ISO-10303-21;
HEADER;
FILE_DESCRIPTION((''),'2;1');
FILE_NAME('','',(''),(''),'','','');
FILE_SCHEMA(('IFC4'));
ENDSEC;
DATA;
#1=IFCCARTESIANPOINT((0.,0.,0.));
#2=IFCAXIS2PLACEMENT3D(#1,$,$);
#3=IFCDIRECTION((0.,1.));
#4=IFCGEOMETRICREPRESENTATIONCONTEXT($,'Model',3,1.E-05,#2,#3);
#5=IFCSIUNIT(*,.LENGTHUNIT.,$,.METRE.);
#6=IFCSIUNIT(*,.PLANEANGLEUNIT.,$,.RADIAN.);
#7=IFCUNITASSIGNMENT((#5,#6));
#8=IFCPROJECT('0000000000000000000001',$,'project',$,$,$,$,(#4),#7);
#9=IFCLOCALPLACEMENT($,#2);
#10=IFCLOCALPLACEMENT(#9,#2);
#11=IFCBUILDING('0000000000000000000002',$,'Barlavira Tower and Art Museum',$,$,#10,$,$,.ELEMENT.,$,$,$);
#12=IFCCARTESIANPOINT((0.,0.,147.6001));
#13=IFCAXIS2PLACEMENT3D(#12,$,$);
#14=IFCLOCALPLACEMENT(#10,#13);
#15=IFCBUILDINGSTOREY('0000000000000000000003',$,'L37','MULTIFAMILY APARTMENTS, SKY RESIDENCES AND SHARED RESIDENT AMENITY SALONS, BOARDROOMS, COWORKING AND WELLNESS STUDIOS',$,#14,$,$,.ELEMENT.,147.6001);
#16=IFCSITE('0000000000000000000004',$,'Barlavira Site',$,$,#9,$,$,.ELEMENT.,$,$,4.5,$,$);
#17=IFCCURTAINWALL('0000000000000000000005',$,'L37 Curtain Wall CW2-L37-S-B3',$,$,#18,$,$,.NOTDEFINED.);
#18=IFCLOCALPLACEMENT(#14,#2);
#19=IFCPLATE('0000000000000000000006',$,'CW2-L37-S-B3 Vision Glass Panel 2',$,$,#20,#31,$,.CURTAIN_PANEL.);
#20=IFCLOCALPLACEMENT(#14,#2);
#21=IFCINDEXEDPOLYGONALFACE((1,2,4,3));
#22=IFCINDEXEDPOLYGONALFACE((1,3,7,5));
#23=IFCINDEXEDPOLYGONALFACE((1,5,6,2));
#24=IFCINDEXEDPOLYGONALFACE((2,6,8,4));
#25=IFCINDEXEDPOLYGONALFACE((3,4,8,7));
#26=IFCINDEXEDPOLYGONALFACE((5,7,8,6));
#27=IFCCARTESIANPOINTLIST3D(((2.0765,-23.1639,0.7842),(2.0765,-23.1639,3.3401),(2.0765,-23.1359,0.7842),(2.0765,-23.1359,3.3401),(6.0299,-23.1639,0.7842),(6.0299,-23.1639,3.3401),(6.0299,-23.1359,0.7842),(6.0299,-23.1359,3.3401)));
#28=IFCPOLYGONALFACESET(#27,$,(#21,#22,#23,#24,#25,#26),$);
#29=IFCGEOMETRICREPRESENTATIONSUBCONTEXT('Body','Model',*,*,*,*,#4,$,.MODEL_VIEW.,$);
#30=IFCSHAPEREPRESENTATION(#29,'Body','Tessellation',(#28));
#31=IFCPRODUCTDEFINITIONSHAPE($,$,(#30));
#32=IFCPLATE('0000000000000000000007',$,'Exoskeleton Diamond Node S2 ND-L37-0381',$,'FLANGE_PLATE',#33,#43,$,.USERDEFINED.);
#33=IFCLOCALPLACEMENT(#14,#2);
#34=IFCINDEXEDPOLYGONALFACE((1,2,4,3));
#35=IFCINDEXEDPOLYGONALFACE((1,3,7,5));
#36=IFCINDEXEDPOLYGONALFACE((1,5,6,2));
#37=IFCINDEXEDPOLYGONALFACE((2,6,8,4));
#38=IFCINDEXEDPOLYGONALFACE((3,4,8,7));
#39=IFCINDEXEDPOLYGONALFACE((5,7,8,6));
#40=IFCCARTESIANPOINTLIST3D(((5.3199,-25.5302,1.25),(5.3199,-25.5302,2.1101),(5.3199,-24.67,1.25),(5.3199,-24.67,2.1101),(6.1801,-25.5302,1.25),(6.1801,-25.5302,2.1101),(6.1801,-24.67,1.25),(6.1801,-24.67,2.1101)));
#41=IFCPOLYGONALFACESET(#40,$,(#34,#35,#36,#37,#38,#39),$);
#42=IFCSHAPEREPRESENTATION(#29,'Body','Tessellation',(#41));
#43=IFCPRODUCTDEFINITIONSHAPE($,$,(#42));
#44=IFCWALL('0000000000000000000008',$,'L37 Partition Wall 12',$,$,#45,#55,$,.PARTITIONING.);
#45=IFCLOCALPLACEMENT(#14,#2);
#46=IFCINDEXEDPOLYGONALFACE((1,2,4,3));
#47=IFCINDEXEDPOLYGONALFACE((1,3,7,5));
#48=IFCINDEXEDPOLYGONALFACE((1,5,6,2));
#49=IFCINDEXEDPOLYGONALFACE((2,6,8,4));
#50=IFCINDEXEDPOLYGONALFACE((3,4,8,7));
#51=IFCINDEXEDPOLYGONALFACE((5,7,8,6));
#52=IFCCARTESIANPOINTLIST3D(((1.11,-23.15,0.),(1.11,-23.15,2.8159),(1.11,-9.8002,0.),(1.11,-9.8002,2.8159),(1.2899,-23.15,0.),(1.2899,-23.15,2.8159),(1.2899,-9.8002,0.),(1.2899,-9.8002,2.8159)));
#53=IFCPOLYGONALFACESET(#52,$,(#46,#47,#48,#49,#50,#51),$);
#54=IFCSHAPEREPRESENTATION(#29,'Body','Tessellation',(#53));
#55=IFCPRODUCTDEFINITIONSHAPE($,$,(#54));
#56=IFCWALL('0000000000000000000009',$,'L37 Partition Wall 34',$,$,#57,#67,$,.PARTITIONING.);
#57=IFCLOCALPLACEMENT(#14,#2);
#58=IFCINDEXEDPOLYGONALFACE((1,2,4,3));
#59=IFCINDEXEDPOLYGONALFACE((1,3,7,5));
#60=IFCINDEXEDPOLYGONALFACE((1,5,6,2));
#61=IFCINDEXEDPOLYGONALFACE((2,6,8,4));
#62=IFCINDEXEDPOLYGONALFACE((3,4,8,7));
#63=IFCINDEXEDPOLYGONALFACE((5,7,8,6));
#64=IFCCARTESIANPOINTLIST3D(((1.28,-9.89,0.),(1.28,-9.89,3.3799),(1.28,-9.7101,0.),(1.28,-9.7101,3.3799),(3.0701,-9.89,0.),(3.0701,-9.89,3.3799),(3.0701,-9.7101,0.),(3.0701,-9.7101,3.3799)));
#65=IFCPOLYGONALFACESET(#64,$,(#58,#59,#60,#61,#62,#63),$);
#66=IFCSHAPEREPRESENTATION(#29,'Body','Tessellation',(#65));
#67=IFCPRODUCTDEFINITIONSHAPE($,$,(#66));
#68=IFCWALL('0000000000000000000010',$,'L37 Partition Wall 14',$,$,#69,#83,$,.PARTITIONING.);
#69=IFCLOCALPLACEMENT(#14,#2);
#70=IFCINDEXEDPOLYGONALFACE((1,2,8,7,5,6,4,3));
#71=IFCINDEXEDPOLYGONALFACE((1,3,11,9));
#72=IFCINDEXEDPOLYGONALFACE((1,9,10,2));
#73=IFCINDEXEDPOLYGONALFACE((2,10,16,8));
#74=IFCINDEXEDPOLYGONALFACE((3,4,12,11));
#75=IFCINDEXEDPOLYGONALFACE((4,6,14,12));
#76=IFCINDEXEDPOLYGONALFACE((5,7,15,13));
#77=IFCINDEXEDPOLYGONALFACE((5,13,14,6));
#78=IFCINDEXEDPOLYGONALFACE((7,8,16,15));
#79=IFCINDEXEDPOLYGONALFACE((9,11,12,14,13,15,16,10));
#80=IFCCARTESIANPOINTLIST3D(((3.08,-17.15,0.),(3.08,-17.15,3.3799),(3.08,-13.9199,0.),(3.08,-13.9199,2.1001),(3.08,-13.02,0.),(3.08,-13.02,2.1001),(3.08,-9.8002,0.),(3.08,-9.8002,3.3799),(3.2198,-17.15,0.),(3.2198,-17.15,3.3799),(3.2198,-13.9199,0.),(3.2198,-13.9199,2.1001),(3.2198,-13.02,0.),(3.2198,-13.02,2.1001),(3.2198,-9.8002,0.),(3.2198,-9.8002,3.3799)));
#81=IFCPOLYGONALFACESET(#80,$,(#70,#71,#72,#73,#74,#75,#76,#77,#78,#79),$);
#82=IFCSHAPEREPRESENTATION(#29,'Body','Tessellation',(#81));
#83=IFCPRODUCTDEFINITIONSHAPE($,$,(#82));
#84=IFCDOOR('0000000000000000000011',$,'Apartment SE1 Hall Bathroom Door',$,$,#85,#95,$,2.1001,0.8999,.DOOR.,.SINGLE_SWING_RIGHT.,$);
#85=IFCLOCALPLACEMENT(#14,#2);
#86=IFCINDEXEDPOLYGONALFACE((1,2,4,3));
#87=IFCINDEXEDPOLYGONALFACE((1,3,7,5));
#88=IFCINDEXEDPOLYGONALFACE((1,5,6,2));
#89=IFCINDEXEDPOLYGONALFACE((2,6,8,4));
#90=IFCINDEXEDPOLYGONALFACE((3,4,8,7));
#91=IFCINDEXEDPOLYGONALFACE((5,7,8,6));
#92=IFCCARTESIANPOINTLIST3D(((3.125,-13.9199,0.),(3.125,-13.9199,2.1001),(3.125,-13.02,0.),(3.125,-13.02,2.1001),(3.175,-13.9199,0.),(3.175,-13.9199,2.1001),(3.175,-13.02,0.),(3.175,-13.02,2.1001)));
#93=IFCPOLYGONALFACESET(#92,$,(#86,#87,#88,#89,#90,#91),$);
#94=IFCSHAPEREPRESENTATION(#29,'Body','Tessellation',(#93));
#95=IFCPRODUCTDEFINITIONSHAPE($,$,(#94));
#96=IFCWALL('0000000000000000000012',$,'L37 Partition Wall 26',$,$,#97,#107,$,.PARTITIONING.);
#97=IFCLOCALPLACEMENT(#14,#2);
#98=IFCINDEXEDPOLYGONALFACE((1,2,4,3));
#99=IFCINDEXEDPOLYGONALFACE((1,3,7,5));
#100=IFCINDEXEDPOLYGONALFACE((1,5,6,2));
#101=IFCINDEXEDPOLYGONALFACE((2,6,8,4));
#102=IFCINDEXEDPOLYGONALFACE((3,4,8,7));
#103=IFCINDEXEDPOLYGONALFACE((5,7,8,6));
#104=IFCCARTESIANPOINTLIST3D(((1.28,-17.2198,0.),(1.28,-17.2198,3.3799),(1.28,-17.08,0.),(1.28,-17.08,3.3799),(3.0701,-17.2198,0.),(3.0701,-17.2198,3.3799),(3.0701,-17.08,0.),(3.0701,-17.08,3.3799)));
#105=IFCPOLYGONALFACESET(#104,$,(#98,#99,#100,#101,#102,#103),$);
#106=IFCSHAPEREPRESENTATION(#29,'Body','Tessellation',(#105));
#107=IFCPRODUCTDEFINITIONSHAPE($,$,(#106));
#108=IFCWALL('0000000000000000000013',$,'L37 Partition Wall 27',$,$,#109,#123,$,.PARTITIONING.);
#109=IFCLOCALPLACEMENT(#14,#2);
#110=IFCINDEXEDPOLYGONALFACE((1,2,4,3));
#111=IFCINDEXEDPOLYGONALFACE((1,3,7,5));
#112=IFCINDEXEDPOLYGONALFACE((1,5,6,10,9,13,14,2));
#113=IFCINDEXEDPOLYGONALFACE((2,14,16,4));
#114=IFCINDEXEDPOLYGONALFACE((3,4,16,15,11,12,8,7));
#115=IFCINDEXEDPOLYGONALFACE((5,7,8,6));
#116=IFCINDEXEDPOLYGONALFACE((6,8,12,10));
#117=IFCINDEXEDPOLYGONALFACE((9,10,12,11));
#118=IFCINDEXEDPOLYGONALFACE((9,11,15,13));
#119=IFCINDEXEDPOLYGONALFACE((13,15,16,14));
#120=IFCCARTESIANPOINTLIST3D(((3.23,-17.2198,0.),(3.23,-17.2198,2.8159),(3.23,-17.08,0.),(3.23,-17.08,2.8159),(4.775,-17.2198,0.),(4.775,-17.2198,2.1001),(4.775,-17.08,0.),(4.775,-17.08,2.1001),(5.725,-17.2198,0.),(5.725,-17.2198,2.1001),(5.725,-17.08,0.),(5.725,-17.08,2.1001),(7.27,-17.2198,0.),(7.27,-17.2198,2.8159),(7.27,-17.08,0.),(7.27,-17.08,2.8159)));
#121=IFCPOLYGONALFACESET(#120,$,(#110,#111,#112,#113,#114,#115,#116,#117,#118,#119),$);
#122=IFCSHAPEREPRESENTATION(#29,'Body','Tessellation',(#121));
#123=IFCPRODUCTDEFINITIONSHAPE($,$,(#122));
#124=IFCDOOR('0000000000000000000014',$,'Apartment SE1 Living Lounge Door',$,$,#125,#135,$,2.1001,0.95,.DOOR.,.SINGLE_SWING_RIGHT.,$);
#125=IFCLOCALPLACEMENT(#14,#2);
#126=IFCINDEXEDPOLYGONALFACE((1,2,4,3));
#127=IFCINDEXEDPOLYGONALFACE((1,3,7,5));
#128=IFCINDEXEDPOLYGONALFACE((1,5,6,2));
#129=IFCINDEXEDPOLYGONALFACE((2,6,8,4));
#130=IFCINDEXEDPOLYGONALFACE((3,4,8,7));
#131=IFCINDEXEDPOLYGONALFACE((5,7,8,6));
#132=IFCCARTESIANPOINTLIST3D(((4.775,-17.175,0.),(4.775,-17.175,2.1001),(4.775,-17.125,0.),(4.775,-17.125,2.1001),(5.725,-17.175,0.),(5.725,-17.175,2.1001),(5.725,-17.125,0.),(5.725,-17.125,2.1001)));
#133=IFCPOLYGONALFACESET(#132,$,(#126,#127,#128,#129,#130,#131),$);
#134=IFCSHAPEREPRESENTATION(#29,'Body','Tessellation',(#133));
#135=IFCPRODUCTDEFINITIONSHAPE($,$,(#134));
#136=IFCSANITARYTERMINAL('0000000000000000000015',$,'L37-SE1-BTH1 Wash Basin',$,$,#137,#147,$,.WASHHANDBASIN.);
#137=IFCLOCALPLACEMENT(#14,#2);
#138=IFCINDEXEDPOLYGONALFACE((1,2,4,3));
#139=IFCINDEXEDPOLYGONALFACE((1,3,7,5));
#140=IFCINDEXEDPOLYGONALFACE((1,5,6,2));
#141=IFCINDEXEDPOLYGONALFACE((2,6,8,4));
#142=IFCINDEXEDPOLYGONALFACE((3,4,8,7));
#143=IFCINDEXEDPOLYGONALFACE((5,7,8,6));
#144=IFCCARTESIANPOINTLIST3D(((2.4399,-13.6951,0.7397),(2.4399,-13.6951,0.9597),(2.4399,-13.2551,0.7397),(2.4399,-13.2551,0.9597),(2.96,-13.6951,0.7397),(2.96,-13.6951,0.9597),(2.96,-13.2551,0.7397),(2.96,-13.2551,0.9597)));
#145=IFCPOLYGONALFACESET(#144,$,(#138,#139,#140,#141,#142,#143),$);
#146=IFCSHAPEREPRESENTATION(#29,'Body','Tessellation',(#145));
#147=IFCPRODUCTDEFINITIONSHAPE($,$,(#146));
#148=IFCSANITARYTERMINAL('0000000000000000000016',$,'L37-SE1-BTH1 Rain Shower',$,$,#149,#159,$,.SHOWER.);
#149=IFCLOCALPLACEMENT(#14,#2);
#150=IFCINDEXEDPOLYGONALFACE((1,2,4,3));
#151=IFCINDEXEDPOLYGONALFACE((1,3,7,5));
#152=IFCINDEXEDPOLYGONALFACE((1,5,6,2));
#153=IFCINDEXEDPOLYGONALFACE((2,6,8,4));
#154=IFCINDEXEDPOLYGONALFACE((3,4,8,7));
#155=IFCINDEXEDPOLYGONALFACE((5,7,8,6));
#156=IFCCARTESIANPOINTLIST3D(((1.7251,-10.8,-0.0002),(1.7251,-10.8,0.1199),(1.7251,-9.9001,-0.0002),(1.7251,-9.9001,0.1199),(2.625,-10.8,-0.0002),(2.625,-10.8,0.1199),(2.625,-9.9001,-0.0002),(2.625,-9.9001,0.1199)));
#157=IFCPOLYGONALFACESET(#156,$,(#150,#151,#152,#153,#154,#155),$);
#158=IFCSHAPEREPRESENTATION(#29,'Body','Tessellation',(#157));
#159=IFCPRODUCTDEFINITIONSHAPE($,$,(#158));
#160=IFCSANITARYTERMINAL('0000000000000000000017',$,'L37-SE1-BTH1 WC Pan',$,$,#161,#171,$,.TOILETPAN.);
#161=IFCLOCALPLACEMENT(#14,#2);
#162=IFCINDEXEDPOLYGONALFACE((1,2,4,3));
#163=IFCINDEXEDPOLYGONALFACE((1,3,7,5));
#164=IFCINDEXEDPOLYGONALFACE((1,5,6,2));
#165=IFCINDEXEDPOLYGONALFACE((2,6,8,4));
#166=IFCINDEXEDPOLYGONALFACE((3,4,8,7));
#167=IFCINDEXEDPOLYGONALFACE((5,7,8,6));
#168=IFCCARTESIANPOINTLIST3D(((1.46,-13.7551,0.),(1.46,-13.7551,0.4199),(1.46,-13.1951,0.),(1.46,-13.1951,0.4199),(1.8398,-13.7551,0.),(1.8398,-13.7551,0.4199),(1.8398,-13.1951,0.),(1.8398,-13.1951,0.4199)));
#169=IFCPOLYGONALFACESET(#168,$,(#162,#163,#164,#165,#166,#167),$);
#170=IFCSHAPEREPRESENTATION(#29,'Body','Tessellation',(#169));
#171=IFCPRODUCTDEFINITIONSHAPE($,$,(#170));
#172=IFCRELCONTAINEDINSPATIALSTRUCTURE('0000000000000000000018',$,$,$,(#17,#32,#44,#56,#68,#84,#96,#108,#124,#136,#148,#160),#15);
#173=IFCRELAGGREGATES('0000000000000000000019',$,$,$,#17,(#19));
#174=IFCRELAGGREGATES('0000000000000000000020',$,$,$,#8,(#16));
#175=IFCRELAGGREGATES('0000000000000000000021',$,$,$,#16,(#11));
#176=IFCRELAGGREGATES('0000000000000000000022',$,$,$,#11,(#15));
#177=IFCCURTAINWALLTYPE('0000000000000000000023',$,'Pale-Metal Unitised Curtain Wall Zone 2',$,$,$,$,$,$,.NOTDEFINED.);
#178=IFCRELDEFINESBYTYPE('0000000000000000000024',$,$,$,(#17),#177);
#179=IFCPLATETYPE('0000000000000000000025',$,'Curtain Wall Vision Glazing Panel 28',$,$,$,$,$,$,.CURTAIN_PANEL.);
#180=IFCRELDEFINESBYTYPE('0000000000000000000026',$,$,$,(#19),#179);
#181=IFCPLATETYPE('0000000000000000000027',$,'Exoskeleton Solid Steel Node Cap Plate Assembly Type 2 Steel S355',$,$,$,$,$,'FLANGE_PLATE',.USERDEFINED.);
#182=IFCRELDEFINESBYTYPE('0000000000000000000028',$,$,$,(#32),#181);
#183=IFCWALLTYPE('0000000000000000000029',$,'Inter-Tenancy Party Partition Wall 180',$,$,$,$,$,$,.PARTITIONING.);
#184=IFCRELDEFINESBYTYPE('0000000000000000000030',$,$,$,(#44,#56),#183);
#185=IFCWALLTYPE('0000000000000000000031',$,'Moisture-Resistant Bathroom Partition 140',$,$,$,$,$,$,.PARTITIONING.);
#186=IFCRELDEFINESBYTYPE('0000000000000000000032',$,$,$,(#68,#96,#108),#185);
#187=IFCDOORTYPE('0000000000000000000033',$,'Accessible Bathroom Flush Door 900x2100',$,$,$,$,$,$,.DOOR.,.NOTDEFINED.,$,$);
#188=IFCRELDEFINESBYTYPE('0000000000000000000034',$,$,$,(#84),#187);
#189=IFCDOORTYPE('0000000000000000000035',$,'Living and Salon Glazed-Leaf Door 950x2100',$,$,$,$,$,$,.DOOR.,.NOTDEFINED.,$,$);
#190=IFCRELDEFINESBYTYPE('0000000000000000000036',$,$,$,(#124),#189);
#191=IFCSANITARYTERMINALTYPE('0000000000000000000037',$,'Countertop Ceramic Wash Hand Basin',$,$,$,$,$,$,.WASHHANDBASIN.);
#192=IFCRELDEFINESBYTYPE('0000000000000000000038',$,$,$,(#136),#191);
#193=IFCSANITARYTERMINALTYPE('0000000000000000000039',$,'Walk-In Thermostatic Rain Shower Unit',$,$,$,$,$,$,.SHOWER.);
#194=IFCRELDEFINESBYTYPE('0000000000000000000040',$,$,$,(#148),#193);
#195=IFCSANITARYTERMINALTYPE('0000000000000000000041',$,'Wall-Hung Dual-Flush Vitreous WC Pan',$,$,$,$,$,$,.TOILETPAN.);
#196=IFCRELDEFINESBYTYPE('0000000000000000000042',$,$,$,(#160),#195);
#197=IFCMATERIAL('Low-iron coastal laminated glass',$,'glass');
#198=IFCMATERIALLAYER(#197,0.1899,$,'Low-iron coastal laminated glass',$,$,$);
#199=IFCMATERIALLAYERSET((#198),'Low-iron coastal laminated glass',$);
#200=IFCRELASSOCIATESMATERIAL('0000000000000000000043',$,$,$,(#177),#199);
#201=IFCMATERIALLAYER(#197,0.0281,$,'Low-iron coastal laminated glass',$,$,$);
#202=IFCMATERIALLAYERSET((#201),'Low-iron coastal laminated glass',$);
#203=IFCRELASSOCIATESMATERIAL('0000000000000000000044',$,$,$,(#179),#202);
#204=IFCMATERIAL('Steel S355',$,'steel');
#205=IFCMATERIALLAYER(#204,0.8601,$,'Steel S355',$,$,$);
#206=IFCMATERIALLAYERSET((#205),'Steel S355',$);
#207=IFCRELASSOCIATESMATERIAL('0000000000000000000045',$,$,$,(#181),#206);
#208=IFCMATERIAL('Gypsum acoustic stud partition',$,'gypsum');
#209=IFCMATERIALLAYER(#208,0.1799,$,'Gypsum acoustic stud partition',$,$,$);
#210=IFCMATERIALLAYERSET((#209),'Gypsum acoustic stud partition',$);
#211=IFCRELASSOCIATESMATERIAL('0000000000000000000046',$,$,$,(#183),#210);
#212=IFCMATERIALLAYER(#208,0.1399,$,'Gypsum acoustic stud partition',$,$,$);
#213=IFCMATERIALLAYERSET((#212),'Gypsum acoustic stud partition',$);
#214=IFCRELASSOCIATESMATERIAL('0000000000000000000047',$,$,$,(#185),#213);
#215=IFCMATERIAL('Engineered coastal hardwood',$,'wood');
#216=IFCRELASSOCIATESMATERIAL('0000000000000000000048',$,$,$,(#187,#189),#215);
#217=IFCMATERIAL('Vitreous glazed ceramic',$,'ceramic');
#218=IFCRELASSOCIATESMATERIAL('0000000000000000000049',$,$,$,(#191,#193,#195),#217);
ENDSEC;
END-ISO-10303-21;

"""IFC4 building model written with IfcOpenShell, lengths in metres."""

from ifc_helpers import new_model, si_unit, direction, frame, frame_2d, origin, origin_2d, place, context, subcontext, project, spatial, rectangle, extrude, material, layer, layer_set, type_object, element, fill, aggregate, save


model = new_model("IFC4")

# Units and contexts
model_context = context("Model", 3, precision=1e-05, world=origin(), true_north=direction((0.0, 1.0)))
body_context = subcontext(model_context, "Body", "Model", "MODEL_VIEW")
ifc_project = project(units=[si_unit("LENGTHUNIT", "METRE"), si_unit("PLANEANGLEUNIT", "RADIAN")], contexts=[model_context])

# Site, building, storey
site_placement = place(None, origin())
site = spatial("IfcSite", under=ifc_project, at=site_placement, Name="Barlavira Site", CompositionType="ELEMENT", RefElevation=4.5)
building_placement = place(site_placement, origin())
building = spatial("IfcBuilding", under=site, at=building_placement, Name="Barlavira Tower and Art Museum", CompositionType="ELEMENT")
storey_placement = place(building_placement, frame((0.0, 0.0, 147.6001)))
storey = spatial("IfcBuildingStorey", under=building, at=storey_placement, Name="L37", Description="MULTIFAMILY APARTMENTS, SKY RESIDENCES AND SHARED RESIDENT AMENITY SALONS, BOARDROOMS, COWORKING AND WELLNESS STUDIOS", CompositionType="ELEMENT", Elevation=147.6001)

# Curtain wall
ifc_material_1 = material(Name="Low-iron coastal laminated glass", Category="glass")
ifc_layer_1 = layer(ifc_material_1, 0.1899, Name="Low-iron coastal laminated glass")
ifc_layer_set_1 = layer_set([ifc_layer_1], Name="Low-iron coastal laminated glass")
curtain_wall_type = type_object("IfcCurtainWallType", Name="Pale-Metal Unitised Curtain Wall Zone 2", PredefinedType="NOTDEFINED", material=ifc_layer_set_1)
curtain_wall_placement = place(storey_placement, origin())
curtain_wall = element("IfcCurtainWall", 1, at=curtain_wall_placement, inside=storey, type_object=curtain_wall_type, Name="L37 Curtain Wall CW2-L37-S-B3", PredefinedType="NOTDEFINED")

# Shared definitions
ifc_material_2 = material(Name="Steel S355", Category="steel")

# Plates
ifc_layer_2 = layer(ifc_material_1, 0.0281, Name="Low-iron coastal laminated glass")
ifc_layer_set_2 = layer_set([ifc_layer_2], Name="Low-iron coastal laminated glass")
plate_type_1 = type_object("IfcPlateType", Name="Curtain Wall Vision Glazing Panel 28", PredefinedType="CURTAIN_PANEL", material=ifc_layer_set_2)
plate_1_placement = place(storey_placement, frame((4.0532, -23.1499, 0.7842), z_axis=(0.0, 0.0, 1.0), x_axis=(1.0, 0.0, 0.0)))
plate_1 = element("IfcPlate", 2, at=plate_1_placement, type_object=plate_type_1, Name="CW2-L37-S-B3 Vision Glass Panel 2", PredefinedType="CURTAIN_PANEL", context=body_context, shape_type="SweptSolid", body=[
    extrude(rectangle(XDim=3.9534, YDim=0.0281, at=origin_2d()), origin(), (0.0, 0.0, 1.0), 2.5559),
])
aggregate(curtain_wall, [plate_1])
ifc_layer_3 = layer(ifc_material_2, 0.8601, Name="Steel S355")
ifc_layer_set_3 = layer_set([ifc_layer_3], Name="Steel S355")
plate_type_2 = type_object("IfcPlateType", Name="Exoskeleton Solid Steel Node Cap Plate Assembly Type 2 Steel S355", ElementType="FLANGE_PLATE", PredefinedType="USERDEFINED", material=ifc_layer_set_3)
plate_2_placement = place(storey_placement, frame((5.75, -25.1001, 1.25), z_axis=(0.0, 0.0, 1.0), x_axis=(1.0, 0.0, 0.0)))
element("IfcPlate", 3, at=plate_2_placement, inside=storey, type_object=plate_type_2, Name="Exoskeleton Diamond Node S2 ND-L37-0381", ObjectType="FLANGE_PLATE", PredefinedType="USERDEFINED", context=body_context, shape_type="SweptSolid", body=[
    extrude(rectangle(XDim=0.8601, YDim=0.8601, at=origin_2d()), origin(), (0.0, 0.0, 1.0), 0.8601),
])

# Walls
ifc_material_3 = material(Name="Gypsum acoustic stud partition", Category="gypsum")
ifc_layer_4 = layer(ifc_material_3, 0.1799, Name="Gypsum acoustic stud partition")
ifc_layer_set_4 = layer_set([ifc_layer_4], Name="Gypsum acoustic stud partition")
wall_type_1 = type_object("IfcWallType", Name="Inter-Tenancy Party Partition Wall 180", PredefinedType="PARTITIONING", material=ifc_layer_set_4)
wall_1_placement = place(storey_placement, frame((1.2, -23.1499, 0.0), z_axis=(0.0, 0.0, 1.0), x_axis=(0.0, 1.0, 0.0)))
element("IfcWall", 4, at=wall_1_placement, inside=storey, type_object=wall_type_1, Name="L37 Partition Wall 12", PredefinedType="PARTITIONING", context=body_context, shape_type="SweptSolid", body=[
    extrude(rectangle(XDim=13.3499, YDim=0.1799, at=frame_2d((6.6748, 0.0))), origin(), (0.0, 0.0, 1.0), 2.8159),
])
wall_2_placement = place(storey_placement, frame((1.28, -9.8, 0.0), z_axis=(0.0, 0.0, 1.0), x_axis=(1.0, 0.0, 0.0)))
element("IfcWall", 5, at=wall_2_placement, inside=storey, type_object=wall_type_1, Name="L37 Partition Wall 34", PredefinedType="PARTITIONING", context=body_context, shape_type="SweptSolid", body=[
    extrude(rectangle(XDim=1.79, YDim=0.1799, at=frame_2d((0.895, 0.0))), origin(), (0.0, 0.0, 1.0), 3.3799),
])

# Wall, opening, door
ifc_layer_5 = layer(ifc_material_3, 0.1399, Name="Gypsum acoustic stud partition")
ifc_layer_set_5 = layer_set([ifc_layer_5], Name="Gypsum acoustic stud partition")
wall_type_2 = type_object("IfcWallType", Name="Moisture-Resistant Bathroom Partition 140", PredefinedType="PARTITIONING", material=ifc_layer_set_5)
wall_3_placement = place(storey_placement, frame((3.1499, -17.1499, 0.0), z_axis=(0.0, 0.0, 1.0), x_axis=(0.0, 1.0, 0.0)))
wall_3 = element("IfcWall", 6, at=wall_3_placement, inside=storey, type_object=wall_type_2, Name="L37 Partition Wall 14", PredefinedType="PARTITIONING", context=body_context, shape_type="SweptSolid", body=[
    extrude(rectangle(XDim=7.3499, YDim=0.1399, at=frame_2d((3.6748, 0.0))), origin(), (0.0, 0.0, 1.0), 3.3799),
])
opening_1_placement = place(wall_3_placement, frame((3.23, 0.0, 0.0)))
opening_1 = element("IfcOpeningElement", 7, at=opening_1_placement, cuts=wall_3, PredefinedType="OPENING", context=body_context, shape_type="SweptSolid", body=[
    extrude(rectangle(XDim=0.8999, YDim=2.1001, at=frame_2d((0.45, 1.05))), frame((0.0, 0.0801, 0.0), z_axis=(0.0, -1.0, 0.0), x_axis=(1.0, 0.0, 0.0)), (0.0, 0.0, 1.0), 0.1599),
])
ifc_material_4 = material(Name="Engineered coastal hardwood", Category="wood")
door_type_1 = type_object("IfcDoorType", Name="Accessible Bathroom Flush Door 900x2100", OperationType="NOTDEFINED", PredefinedType="DOOR", material=ifc_material_4)
door_1_placement = place(opening_1_placement, origin())
door_1 = element("IfcDoor", 8, at=door_1_placement, inside=storey, type_object=door_type_1, Name="Apartment SE1 Hall Bathroom Door", OperationType="SINGLE_SWING_RIGHT", OverallHeight=2.1001, OverallWidth=0.8999, PredefinedType="DOOR", context=body_context, shape_type="SweptSolid", body=[
    extrude(rectangle(XDim=0.8999, YDim=2.1001, at=frame_2d((0.45, 1.05))), frame((0.0, 0.0249, 0.0), z_axis=(0.0, -1.0, 0.0), x_axis=(1.0, 0.0, 0.0)), (0.0, 0.0, 1.0), 0.05),
])
fill(opening_1, door_1)

# Wall
wall_4_placement = place(storey_placement, frame((1.28, -17.1499, 0.0), z_axis=(0.0, 0.0, 1.0), x_axis=(1.0, 0.0, 0.0)))
element("IfcWall", 9, at=wall_4_placement, inside=storey, type_object=wall_type_2, Name="L37 Partition Wall 26", PredefinedType="PARTITIONING", context=body_context, shape_type="SweptSolid", body=[
    extrude(rectangle(XDim=1.79, YDim=0.1399, at=frame_2d((0.895, 0.0))), origin(), (0.0, 0.0, 1.0), 3.3799),
])

# Wall, opening, door
wall_5_placement = place(storey_placement, frame((3.23, -17.1499, 0.0), z_axis=(0.0, 0.0, 1.0), x_axis=(1.0, 0.0, 0.0)))
wall_5 = element("IfcWall", 10, at=wall_5_placement, inside=storey, type_object=wall_type_2, Name="L37 Partition Wall 27", PredefinedType="PARTITIONING", context=body_context, shape_type="SweptSolid", body=[
    extrude(rectangle(XDim=4.04, YDim=0.1399, at=frame_2d((2.02, 0.0))), origin(), (0.0, 0.0, 1.0), 2.8159),
])
opening_2_placement = place(wall_5_placement, frame((1.5449, 0.0, 0.0)))
opening_2 = element("IfcOpeningElement", 11, at=opening_2_placement, cuts=wall_5, PredefinedType="OPENING", context=body_context, shape_type="SweptSolid", body=[
    extrude(rectangle(XDim=0.95, YDim=2.1001, at=frame_2d((0.4751, 1.05))), frame((0.0, 0.0801, 0.0), z_axis=(0.0, -1.0, 0.0), x_axis=(1.0, 0.0, 0.0)), (0.0, 0.0, 1.0), 0.1599),
])
door_type_2 = type_object("IfcDoorType", Name="Living and Salon Glazed-Leaf Door 950x2100", OperationType="NOTDEFINED", PredefinedType="DOOR", material=ifc_material_4)
door_2_placement = place(opening_2_placement, origin())
door_2 = element("IfcDoor", 12, at=door_2_placement, inside=storey, type_object=door_type_2, Name="Apartment SE1 Living Lounge Door", OperationType="SINGLE_SWING_RIGHT", OverallHeight=2.1001, OverallWidth=0.95, PredefinedType="DOOR", context=body_context, shape_type="SweptSolid", body=[
    extrude(rectangle(XDim=0.95, YDim=2.1001, at=frame_2d((0.4751, 1.05))), frame((0.0, 0.0249, 0.0), z_axis=(0.0, -1.0, 0.0), x_axis=(1.0, 0.0, 0.0)), (0.0, 0.0, 1.0), 0.05),
])
fill(opening_2, door_2)

# Sanitary terminals
ifc_material_5 = material(Name="Vitreous glazed ceramic", Category="ceramic")
sanitary_terminal_type_1 = type_object("IfcSanitaryTerminalType", Name="Countertop Ceramic Wash Hand Basin", PredefinedType="WASHHANDBASIN", material=ifc_material_5)
sanitary_terminal_1_placement = place(storey_placement, frame((2.7, -13.4751, 0.7397), z_axis=(0.0, 0.0, 1.0), x_axis=(1.0, 0.0, 0.0)))
element("IfcSanitaryTerminal", 13, at=sanitary_terminal_1_placement, inside=storey, type_object=sanitary_terminal_type_1, Name="L37-SE1-BTH1 Wash Basin", PredefinedType="WASHHANDBASIN", context=body_context, shape_type="SweptSolid", body=[
    extrude(rectangle(XDim=0.52, YDim=0.4399, at=origin_2d()), origin(), (0.0, 0.0, 1.0), 0.22),
])
sanitary_terminal_type_2 = type_object("IfcSanitaryTerminalType", Name="Walk-In Thermostatic Rain Shower Unit", PredefinedType="SHOWER", material=ifc_material_5)
sanitary_terminal_2_placement = place(storey_placement, frame((2.175, -10.3501, -0.0002), z_axis=(0.0, 0.0, 1.0), x_axis=(1.0, 0.0, 0.0)))
element("IfcSanitaryTerminal", 14, at=sanitary_terminal_2_placement, inside=storey, type_object=sanitary_terminal_type_2, Name="L37-SE1-BTH1 Rain Shower", PredefinedType="SHOWER", context=body_context, shape_type="SweptSolid", body=[
    extrude(rectangle(XDim=0.8999, YDim=0.8999, at=origin_2d()), origin(), (0.0, 0.0, 1.0), 0.1201),
])
sanitary_terminal_type_3 = type_object("IfcSanitaryTerminalType", Name="Wall-Hung Dual-Flush Vitreous WC Pan", PredefinedType="TOILETPAN", material=ifc_material_5)
sanitary_terminal_3_placement = place(storey_placement, frame((1.6499, -13.4751, 0.0), z_axis=(0.0, 0.0, 1.0), x_axis=(1.0, 0.0, 0.0)))
element("IfcSanitaryTerminal", 15, at=sanitary_terminal_3_placement, inside=storey, type_object=sanitary_terminal_type_3, Name="L37-SE1-BTH1 WC Pan", PredefinedType="TOILETPAN", context=body_context, shape_type="SweptSolid", body=[
    extrude(rectangle(XDim=0.3799, YDim=0.5601, at=origin_2d()), origin(), (0.0, 0.0, 1.0), 0.4199),
])

save(model, "model.ifc")
